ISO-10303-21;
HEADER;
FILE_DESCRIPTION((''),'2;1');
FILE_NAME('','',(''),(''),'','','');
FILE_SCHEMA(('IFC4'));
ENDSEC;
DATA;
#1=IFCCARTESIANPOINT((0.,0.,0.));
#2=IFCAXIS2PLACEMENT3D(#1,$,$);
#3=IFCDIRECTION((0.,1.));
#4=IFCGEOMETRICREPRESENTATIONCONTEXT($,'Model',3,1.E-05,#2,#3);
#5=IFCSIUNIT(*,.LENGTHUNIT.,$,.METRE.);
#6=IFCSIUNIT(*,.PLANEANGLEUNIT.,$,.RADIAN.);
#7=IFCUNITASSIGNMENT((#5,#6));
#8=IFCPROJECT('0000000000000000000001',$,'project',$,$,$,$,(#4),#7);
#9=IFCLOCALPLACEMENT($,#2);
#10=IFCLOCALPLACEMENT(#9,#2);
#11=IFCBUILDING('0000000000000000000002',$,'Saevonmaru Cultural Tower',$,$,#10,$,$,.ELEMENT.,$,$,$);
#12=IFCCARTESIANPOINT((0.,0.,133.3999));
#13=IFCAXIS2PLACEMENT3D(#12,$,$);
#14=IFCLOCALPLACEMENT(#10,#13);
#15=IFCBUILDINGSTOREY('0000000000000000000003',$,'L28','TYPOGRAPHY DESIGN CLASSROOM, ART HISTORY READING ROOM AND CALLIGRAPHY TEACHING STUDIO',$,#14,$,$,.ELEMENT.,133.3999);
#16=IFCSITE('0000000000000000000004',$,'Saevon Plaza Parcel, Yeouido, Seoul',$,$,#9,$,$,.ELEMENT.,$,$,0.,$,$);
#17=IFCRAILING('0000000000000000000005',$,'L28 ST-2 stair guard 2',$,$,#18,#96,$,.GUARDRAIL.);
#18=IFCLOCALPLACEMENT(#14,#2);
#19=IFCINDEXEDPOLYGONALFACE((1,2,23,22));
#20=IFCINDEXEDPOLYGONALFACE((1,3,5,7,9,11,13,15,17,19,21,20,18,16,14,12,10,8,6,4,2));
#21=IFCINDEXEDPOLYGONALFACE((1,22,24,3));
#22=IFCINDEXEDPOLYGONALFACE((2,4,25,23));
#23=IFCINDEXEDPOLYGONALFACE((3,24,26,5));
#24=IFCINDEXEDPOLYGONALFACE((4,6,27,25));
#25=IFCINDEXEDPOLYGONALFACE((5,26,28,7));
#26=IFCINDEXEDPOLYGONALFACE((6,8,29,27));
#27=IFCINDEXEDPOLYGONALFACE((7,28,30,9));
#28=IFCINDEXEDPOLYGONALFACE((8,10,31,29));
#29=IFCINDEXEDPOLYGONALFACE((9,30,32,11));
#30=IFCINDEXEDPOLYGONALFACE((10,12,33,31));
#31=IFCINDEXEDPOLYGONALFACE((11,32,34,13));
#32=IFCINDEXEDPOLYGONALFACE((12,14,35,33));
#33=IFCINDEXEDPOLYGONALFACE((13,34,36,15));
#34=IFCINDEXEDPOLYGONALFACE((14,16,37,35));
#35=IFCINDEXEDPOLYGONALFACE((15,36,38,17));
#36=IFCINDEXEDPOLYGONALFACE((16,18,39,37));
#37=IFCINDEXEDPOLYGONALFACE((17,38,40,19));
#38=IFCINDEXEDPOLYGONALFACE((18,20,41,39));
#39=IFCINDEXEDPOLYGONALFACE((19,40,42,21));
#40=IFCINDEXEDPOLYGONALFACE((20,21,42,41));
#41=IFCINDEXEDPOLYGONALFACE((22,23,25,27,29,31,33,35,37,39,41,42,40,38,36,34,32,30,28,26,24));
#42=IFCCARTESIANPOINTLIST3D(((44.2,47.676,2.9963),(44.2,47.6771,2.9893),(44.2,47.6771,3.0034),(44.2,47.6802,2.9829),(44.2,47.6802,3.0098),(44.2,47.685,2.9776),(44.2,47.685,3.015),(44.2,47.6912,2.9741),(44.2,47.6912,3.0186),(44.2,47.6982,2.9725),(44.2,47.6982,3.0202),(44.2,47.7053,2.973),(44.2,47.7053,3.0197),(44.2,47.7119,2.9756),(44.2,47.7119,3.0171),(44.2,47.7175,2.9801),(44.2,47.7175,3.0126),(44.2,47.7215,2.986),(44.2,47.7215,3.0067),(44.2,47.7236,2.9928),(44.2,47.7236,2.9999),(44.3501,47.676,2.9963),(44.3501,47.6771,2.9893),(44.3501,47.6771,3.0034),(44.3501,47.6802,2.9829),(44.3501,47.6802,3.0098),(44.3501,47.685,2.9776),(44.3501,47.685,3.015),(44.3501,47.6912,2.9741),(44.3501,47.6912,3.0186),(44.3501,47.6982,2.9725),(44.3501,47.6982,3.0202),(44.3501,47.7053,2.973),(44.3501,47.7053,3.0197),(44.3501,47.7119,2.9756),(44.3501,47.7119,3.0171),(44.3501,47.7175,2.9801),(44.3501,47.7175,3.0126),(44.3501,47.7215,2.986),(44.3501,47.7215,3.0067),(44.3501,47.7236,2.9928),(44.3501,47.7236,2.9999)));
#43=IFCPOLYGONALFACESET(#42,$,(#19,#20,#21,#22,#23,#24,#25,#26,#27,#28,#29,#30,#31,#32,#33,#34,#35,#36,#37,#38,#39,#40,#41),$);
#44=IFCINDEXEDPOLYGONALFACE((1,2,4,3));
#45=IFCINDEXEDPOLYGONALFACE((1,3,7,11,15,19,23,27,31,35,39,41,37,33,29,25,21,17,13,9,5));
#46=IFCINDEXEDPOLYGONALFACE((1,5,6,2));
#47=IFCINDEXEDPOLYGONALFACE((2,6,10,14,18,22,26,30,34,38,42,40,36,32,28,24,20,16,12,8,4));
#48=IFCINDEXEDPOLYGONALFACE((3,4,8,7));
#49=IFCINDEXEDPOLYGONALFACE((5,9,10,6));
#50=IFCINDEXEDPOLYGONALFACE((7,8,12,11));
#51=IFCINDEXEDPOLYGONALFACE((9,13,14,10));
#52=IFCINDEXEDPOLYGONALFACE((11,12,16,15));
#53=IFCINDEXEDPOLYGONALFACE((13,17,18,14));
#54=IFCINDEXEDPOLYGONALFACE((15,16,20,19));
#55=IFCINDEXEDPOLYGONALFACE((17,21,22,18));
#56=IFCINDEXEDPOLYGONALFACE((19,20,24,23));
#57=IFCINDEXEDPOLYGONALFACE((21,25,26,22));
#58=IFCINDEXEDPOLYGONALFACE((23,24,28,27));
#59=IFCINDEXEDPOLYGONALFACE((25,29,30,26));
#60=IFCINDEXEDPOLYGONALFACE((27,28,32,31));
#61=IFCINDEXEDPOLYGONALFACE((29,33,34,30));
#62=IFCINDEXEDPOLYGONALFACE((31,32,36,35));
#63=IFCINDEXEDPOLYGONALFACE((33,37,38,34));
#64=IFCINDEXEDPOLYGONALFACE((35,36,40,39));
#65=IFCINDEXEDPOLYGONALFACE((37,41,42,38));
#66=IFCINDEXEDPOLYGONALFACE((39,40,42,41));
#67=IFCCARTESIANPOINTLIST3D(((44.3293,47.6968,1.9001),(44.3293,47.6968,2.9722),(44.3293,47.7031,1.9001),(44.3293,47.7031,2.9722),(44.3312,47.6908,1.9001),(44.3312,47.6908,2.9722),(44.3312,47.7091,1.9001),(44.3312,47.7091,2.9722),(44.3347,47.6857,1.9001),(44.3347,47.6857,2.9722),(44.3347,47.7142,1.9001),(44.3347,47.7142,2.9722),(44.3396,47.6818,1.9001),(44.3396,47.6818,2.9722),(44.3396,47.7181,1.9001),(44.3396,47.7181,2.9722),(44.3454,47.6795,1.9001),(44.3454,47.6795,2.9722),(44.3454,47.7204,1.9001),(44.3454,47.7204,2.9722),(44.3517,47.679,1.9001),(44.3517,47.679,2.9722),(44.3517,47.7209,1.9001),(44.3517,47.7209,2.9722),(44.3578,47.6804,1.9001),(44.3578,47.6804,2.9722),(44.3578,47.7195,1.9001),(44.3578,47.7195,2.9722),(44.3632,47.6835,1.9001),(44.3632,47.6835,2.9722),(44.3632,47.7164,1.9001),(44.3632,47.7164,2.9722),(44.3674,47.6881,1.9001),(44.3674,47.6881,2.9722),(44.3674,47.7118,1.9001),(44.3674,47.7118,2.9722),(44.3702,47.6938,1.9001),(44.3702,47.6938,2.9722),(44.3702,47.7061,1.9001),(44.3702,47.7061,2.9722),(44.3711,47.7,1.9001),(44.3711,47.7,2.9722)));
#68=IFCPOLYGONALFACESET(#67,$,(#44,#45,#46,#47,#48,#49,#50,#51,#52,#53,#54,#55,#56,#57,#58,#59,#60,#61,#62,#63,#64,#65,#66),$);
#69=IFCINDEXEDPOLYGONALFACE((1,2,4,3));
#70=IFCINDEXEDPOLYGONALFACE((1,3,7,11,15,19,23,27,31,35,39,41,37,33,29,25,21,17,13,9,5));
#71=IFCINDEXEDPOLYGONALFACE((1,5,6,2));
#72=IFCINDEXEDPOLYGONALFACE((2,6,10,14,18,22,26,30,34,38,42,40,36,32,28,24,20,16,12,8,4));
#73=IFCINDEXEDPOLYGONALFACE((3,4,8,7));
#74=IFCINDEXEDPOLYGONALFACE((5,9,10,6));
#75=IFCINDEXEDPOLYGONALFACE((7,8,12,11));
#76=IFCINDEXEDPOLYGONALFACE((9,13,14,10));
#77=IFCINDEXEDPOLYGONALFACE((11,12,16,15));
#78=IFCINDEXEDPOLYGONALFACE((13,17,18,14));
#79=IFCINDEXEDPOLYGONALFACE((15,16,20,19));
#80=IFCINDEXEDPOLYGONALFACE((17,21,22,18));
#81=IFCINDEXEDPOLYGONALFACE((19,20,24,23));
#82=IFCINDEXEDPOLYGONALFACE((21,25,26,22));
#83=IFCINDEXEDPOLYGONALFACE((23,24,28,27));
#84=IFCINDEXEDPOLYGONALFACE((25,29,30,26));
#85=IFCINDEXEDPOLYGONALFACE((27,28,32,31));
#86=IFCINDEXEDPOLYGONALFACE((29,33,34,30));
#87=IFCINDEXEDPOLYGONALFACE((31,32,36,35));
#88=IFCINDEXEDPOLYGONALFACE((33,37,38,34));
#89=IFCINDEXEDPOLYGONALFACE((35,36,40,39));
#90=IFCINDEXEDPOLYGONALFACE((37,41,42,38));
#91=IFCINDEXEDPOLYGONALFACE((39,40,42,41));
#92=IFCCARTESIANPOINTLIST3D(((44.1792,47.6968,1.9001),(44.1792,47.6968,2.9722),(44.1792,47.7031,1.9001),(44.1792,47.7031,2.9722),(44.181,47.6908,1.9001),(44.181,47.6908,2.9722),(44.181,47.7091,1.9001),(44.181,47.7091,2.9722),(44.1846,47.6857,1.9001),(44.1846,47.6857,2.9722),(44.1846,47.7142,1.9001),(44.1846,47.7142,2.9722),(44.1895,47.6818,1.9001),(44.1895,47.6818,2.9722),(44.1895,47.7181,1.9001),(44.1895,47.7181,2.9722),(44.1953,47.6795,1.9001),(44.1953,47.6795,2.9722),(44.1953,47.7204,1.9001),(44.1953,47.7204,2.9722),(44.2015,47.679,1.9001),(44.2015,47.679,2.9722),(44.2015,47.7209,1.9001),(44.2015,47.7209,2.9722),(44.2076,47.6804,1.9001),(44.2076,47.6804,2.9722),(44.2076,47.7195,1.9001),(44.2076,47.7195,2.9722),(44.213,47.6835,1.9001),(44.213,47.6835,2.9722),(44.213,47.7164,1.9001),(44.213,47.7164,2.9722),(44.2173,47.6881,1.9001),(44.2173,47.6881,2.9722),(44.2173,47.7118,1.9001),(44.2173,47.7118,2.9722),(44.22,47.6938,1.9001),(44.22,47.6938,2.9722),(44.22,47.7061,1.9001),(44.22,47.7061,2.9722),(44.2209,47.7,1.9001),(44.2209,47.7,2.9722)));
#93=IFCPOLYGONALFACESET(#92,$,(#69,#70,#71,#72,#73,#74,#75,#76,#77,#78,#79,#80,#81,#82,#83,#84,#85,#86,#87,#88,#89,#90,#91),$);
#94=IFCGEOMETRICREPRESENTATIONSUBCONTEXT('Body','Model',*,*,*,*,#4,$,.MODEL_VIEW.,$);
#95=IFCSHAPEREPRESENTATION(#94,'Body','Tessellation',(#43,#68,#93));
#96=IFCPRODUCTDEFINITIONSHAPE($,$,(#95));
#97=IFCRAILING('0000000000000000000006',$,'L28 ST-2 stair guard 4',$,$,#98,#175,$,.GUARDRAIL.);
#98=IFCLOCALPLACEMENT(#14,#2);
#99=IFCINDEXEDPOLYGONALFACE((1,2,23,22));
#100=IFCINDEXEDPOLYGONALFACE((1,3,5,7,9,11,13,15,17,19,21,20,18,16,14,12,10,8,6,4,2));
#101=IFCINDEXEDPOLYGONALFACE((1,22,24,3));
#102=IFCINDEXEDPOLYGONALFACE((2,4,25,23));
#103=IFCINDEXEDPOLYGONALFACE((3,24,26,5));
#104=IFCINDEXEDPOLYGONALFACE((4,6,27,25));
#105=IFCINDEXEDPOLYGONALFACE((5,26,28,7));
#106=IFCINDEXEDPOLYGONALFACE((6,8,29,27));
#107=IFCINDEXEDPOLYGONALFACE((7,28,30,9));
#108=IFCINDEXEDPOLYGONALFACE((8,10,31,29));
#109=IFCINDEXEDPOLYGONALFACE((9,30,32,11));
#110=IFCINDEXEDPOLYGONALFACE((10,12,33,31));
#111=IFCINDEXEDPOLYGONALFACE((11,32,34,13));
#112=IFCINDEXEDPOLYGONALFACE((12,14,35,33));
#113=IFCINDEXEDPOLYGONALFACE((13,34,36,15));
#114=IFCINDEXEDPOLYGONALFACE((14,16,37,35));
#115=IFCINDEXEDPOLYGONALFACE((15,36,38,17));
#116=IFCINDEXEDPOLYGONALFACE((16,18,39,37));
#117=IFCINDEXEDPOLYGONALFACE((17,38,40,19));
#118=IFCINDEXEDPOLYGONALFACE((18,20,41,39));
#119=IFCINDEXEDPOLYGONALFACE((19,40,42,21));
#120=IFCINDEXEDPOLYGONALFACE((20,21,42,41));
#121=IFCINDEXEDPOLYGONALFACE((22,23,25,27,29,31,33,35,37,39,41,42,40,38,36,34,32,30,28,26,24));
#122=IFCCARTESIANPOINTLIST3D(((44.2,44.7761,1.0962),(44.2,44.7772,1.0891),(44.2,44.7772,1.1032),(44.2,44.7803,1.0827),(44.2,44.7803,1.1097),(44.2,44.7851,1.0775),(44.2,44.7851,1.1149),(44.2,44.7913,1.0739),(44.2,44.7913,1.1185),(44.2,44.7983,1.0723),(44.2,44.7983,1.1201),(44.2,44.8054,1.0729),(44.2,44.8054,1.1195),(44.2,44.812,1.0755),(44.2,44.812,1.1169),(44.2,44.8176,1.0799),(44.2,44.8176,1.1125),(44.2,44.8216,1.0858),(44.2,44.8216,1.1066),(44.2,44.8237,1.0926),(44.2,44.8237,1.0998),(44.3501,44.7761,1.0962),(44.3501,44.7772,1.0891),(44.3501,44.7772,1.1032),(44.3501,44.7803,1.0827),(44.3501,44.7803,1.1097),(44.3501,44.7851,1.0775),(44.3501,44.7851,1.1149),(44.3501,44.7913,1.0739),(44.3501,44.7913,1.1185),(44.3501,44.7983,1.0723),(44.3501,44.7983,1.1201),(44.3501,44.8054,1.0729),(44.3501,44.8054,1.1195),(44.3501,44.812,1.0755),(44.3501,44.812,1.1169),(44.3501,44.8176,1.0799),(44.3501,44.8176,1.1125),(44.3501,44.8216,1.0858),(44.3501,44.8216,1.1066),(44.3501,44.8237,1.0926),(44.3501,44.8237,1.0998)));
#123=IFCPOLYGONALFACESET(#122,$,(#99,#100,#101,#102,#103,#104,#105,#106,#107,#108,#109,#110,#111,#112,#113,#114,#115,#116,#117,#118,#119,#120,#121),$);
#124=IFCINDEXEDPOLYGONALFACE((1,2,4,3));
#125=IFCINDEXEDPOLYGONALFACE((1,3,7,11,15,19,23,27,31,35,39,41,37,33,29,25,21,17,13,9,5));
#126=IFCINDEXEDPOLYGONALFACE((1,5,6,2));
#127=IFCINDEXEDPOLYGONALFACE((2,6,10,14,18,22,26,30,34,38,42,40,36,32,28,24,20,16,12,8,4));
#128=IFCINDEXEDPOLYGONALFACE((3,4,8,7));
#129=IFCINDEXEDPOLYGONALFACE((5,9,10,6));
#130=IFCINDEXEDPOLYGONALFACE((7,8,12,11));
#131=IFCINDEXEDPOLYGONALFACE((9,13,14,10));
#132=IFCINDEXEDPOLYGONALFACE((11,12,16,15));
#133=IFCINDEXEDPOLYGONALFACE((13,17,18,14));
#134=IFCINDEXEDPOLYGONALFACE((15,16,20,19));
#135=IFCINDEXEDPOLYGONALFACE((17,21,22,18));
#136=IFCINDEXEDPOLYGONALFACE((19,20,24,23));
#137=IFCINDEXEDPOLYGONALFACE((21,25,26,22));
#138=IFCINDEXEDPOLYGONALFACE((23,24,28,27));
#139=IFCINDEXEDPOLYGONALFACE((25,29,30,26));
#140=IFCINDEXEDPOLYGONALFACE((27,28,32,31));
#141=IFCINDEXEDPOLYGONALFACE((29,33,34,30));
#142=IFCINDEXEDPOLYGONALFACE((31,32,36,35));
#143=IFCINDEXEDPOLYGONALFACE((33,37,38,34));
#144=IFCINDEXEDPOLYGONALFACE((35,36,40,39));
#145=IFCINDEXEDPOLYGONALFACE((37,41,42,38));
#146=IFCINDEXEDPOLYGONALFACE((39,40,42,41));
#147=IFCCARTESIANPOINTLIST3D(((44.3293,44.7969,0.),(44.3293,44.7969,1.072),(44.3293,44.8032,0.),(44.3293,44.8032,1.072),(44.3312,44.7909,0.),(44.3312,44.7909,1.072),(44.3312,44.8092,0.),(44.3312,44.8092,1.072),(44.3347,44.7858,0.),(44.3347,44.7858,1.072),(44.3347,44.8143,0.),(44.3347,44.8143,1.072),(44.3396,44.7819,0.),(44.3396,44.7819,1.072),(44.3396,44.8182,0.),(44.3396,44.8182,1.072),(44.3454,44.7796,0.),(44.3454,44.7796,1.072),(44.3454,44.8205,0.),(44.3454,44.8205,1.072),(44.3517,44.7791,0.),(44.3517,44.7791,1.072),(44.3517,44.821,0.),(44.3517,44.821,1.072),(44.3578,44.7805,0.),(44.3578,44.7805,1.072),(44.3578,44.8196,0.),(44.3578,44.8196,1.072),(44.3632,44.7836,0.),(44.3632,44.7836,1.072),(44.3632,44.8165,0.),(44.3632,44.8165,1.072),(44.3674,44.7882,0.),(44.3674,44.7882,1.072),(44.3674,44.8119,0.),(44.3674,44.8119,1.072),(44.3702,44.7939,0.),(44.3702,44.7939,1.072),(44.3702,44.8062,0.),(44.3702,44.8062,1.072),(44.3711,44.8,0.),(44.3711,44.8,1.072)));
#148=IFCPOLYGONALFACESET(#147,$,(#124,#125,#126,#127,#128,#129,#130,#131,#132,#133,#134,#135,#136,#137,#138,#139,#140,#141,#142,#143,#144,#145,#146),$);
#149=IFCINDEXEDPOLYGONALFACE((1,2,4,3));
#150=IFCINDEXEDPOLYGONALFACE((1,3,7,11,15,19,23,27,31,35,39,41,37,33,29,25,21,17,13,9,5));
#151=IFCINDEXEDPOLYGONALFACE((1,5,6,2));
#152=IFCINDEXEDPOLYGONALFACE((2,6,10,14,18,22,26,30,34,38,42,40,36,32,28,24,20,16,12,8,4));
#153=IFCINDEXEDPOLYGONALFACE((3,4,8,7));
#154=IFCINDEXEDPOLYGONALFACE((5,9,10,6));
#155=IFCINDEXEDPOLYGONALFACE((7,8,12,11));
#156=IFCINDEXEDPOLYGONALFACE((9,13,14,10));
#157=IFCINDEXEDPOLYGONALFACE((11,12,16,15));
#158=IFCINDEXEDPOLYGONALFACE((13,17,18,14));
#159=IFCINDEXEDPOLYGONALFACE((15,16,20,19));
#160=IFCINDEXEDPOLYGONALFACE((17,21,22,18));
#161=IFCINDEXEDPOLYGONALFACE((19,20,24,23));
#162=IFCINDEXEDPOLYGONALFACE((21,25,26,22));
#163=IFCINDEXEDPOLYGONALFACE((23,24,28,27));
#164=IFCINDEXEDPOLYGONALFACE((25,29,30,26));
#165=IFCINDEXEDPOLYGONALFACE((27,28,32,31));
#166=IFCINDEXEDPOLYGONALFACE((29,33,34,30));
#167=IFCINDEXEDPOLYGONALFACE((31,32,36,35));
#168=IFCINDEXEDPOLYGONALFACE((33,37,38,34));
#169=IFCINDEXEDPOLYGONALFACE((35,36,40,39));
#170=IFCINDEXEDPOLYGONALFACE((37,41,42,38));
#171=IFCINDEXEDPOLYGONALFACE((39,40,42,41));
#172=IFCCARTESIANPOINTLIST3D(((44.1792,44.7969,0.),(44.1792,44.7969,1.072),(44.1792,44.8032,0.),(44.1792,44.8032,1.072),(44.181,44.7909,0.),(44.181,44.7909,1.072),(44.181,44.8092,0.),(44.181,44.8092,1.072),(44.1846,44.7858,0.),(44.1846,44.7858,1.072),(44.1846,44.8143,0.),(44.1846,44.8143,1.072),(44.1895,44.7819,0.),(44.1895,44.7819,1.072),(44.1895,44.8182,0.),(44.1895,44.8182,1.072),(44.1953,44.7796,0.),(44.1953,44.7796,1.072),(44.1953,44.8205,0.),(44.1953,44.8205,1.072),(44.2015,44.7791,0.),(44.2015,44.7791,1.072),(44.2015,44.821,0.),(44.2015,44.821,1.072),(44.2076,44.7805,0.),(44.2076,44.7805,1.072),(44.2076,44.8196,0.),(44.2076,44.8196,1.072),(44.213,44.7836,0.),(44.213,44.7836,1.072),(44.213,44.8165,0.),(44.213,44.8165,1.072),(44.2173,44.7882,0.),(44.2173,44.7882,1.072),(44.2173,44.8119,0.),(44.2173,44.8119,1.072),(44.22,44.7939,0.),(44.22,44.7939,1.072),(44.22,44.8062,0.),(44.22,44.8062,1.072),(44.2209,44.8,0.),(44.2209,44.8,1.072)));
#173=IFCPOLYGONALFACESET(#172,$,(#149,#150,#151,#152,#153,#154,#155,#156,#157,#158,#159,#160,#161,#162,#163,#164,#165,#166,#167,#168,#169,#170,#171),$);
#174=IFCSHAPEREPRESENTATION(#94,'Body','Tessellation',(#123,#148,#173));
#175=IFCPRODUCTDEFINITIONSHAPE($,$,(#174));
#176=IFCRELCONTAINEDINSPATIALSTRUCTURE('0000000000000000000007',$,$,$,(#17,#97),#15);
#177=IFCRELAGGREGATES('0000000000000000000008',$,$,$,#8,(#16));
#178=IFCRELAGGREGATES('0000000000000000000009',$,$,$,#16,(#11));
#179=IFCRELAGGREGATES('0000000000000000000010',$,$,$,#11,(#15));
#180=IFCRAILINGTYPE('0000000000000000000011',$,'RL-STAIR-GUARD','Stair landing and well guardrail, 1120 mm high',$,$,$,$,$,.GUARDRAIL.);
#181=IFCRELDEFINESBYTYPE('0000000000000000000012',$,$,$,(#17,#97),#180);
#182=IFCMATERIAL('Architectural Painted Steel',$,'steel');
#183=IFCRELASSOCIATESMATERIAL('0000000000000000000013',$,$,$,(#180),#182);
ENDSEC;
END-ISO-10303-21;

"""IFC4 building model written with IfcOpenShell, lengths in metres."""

from ifc_helpers import new_model, si_unit, direction, frame, origin, origin_2d, place, context, subcontext, project, spatial, circle, extrude, material, type_object, element, save


model = new_model("IFC4")

# Units and contexts
model_context = context("Model", 3, precision=1e-05, world=origin(), true_north=direction((0.0, 1.0)))
body_context = subcontext(model_context, "Body", "Model", "MODEL_VIEW")
ifc_project = project(units=[si_unit("LENGTHUNIT", "METRE"), si_unit("PLANEANGLEUNIT", "RADIAN")], contexts=[model_context])

# Site, building, storey
site_placement = place(None, origin())
site = spatial("IfcSite", under=ifc_project, at=site_placement, Name="Saevon Plaza Parcel, Yeouido, Seoul", CompositionType="ELEMENT", RefElevation=0.0)
building_placement = place(site_placement, origin())
building = spatial("IfcBuilding", under=site, at=building_placement, Name="Saevonmaru Cultural Tower", CompositionType="ELEMENT")
storey_placement = place(building_placement, frame((0.0, 0.0, 133.3999)))
storey = spatial("IfcBuildingStorey", under=building, at=storey_placement, Name="L28", Description="TYPOGRAPHY DESIGN CLASSROOM, ART HISTORY READING ROOM AND CALLIGRAPHY TEACHING STUDIO", CompositionType="ELEMENT", Elevation=133.3999)

# Railings
ifc_material_1 = material(Name="Architectural Painted Steel", Category="steel")
railing_type_1 = type_object("IfcRailingType", Name="RL-STAIR-GUARD", Description="Stair landing and well guardrail, 1120 mm high", PredefinedType="GUARDRAIL", material=ifc_material_1)
for number, where, name in (
    (1, (44.3501, 47.7, 1.9001), "L28 ST-2 stair guard 2"),
    (2, (44.3501, 44.8, 0.0), "L28 ST-2 stair guard 4"),
):
    element("IfcRailing", number, at=place(storey_placement, frame(where)), inside=storey, type_object=railing_type_1, Name=name, PredefinedType="GUARDRAIL", context=body_context, shape_type="SweptSolid", body=[
        extrude(circle(Radius=0.0239, at=origin_2d()), frame((0.0, 0.0, 1.0962), z_axis=(-1.0, 0.0, 0.0), x_axis=(0.0, -1.0, 0.0)), (0.0, 0.0, 1.0), 0.1501),
        extrude(circle(Radius=0.021, at=origin_2d()), origin(), (0.0, 0.0, 1.0), 1.072),
        extrude(circle(Radius=0.021, at=origin_2d()), frame((-0.1501, 0.0, 0.0)), (0.0, 0.0, 1.0), 1.072),
    ])

save(model, "model.ifc")
